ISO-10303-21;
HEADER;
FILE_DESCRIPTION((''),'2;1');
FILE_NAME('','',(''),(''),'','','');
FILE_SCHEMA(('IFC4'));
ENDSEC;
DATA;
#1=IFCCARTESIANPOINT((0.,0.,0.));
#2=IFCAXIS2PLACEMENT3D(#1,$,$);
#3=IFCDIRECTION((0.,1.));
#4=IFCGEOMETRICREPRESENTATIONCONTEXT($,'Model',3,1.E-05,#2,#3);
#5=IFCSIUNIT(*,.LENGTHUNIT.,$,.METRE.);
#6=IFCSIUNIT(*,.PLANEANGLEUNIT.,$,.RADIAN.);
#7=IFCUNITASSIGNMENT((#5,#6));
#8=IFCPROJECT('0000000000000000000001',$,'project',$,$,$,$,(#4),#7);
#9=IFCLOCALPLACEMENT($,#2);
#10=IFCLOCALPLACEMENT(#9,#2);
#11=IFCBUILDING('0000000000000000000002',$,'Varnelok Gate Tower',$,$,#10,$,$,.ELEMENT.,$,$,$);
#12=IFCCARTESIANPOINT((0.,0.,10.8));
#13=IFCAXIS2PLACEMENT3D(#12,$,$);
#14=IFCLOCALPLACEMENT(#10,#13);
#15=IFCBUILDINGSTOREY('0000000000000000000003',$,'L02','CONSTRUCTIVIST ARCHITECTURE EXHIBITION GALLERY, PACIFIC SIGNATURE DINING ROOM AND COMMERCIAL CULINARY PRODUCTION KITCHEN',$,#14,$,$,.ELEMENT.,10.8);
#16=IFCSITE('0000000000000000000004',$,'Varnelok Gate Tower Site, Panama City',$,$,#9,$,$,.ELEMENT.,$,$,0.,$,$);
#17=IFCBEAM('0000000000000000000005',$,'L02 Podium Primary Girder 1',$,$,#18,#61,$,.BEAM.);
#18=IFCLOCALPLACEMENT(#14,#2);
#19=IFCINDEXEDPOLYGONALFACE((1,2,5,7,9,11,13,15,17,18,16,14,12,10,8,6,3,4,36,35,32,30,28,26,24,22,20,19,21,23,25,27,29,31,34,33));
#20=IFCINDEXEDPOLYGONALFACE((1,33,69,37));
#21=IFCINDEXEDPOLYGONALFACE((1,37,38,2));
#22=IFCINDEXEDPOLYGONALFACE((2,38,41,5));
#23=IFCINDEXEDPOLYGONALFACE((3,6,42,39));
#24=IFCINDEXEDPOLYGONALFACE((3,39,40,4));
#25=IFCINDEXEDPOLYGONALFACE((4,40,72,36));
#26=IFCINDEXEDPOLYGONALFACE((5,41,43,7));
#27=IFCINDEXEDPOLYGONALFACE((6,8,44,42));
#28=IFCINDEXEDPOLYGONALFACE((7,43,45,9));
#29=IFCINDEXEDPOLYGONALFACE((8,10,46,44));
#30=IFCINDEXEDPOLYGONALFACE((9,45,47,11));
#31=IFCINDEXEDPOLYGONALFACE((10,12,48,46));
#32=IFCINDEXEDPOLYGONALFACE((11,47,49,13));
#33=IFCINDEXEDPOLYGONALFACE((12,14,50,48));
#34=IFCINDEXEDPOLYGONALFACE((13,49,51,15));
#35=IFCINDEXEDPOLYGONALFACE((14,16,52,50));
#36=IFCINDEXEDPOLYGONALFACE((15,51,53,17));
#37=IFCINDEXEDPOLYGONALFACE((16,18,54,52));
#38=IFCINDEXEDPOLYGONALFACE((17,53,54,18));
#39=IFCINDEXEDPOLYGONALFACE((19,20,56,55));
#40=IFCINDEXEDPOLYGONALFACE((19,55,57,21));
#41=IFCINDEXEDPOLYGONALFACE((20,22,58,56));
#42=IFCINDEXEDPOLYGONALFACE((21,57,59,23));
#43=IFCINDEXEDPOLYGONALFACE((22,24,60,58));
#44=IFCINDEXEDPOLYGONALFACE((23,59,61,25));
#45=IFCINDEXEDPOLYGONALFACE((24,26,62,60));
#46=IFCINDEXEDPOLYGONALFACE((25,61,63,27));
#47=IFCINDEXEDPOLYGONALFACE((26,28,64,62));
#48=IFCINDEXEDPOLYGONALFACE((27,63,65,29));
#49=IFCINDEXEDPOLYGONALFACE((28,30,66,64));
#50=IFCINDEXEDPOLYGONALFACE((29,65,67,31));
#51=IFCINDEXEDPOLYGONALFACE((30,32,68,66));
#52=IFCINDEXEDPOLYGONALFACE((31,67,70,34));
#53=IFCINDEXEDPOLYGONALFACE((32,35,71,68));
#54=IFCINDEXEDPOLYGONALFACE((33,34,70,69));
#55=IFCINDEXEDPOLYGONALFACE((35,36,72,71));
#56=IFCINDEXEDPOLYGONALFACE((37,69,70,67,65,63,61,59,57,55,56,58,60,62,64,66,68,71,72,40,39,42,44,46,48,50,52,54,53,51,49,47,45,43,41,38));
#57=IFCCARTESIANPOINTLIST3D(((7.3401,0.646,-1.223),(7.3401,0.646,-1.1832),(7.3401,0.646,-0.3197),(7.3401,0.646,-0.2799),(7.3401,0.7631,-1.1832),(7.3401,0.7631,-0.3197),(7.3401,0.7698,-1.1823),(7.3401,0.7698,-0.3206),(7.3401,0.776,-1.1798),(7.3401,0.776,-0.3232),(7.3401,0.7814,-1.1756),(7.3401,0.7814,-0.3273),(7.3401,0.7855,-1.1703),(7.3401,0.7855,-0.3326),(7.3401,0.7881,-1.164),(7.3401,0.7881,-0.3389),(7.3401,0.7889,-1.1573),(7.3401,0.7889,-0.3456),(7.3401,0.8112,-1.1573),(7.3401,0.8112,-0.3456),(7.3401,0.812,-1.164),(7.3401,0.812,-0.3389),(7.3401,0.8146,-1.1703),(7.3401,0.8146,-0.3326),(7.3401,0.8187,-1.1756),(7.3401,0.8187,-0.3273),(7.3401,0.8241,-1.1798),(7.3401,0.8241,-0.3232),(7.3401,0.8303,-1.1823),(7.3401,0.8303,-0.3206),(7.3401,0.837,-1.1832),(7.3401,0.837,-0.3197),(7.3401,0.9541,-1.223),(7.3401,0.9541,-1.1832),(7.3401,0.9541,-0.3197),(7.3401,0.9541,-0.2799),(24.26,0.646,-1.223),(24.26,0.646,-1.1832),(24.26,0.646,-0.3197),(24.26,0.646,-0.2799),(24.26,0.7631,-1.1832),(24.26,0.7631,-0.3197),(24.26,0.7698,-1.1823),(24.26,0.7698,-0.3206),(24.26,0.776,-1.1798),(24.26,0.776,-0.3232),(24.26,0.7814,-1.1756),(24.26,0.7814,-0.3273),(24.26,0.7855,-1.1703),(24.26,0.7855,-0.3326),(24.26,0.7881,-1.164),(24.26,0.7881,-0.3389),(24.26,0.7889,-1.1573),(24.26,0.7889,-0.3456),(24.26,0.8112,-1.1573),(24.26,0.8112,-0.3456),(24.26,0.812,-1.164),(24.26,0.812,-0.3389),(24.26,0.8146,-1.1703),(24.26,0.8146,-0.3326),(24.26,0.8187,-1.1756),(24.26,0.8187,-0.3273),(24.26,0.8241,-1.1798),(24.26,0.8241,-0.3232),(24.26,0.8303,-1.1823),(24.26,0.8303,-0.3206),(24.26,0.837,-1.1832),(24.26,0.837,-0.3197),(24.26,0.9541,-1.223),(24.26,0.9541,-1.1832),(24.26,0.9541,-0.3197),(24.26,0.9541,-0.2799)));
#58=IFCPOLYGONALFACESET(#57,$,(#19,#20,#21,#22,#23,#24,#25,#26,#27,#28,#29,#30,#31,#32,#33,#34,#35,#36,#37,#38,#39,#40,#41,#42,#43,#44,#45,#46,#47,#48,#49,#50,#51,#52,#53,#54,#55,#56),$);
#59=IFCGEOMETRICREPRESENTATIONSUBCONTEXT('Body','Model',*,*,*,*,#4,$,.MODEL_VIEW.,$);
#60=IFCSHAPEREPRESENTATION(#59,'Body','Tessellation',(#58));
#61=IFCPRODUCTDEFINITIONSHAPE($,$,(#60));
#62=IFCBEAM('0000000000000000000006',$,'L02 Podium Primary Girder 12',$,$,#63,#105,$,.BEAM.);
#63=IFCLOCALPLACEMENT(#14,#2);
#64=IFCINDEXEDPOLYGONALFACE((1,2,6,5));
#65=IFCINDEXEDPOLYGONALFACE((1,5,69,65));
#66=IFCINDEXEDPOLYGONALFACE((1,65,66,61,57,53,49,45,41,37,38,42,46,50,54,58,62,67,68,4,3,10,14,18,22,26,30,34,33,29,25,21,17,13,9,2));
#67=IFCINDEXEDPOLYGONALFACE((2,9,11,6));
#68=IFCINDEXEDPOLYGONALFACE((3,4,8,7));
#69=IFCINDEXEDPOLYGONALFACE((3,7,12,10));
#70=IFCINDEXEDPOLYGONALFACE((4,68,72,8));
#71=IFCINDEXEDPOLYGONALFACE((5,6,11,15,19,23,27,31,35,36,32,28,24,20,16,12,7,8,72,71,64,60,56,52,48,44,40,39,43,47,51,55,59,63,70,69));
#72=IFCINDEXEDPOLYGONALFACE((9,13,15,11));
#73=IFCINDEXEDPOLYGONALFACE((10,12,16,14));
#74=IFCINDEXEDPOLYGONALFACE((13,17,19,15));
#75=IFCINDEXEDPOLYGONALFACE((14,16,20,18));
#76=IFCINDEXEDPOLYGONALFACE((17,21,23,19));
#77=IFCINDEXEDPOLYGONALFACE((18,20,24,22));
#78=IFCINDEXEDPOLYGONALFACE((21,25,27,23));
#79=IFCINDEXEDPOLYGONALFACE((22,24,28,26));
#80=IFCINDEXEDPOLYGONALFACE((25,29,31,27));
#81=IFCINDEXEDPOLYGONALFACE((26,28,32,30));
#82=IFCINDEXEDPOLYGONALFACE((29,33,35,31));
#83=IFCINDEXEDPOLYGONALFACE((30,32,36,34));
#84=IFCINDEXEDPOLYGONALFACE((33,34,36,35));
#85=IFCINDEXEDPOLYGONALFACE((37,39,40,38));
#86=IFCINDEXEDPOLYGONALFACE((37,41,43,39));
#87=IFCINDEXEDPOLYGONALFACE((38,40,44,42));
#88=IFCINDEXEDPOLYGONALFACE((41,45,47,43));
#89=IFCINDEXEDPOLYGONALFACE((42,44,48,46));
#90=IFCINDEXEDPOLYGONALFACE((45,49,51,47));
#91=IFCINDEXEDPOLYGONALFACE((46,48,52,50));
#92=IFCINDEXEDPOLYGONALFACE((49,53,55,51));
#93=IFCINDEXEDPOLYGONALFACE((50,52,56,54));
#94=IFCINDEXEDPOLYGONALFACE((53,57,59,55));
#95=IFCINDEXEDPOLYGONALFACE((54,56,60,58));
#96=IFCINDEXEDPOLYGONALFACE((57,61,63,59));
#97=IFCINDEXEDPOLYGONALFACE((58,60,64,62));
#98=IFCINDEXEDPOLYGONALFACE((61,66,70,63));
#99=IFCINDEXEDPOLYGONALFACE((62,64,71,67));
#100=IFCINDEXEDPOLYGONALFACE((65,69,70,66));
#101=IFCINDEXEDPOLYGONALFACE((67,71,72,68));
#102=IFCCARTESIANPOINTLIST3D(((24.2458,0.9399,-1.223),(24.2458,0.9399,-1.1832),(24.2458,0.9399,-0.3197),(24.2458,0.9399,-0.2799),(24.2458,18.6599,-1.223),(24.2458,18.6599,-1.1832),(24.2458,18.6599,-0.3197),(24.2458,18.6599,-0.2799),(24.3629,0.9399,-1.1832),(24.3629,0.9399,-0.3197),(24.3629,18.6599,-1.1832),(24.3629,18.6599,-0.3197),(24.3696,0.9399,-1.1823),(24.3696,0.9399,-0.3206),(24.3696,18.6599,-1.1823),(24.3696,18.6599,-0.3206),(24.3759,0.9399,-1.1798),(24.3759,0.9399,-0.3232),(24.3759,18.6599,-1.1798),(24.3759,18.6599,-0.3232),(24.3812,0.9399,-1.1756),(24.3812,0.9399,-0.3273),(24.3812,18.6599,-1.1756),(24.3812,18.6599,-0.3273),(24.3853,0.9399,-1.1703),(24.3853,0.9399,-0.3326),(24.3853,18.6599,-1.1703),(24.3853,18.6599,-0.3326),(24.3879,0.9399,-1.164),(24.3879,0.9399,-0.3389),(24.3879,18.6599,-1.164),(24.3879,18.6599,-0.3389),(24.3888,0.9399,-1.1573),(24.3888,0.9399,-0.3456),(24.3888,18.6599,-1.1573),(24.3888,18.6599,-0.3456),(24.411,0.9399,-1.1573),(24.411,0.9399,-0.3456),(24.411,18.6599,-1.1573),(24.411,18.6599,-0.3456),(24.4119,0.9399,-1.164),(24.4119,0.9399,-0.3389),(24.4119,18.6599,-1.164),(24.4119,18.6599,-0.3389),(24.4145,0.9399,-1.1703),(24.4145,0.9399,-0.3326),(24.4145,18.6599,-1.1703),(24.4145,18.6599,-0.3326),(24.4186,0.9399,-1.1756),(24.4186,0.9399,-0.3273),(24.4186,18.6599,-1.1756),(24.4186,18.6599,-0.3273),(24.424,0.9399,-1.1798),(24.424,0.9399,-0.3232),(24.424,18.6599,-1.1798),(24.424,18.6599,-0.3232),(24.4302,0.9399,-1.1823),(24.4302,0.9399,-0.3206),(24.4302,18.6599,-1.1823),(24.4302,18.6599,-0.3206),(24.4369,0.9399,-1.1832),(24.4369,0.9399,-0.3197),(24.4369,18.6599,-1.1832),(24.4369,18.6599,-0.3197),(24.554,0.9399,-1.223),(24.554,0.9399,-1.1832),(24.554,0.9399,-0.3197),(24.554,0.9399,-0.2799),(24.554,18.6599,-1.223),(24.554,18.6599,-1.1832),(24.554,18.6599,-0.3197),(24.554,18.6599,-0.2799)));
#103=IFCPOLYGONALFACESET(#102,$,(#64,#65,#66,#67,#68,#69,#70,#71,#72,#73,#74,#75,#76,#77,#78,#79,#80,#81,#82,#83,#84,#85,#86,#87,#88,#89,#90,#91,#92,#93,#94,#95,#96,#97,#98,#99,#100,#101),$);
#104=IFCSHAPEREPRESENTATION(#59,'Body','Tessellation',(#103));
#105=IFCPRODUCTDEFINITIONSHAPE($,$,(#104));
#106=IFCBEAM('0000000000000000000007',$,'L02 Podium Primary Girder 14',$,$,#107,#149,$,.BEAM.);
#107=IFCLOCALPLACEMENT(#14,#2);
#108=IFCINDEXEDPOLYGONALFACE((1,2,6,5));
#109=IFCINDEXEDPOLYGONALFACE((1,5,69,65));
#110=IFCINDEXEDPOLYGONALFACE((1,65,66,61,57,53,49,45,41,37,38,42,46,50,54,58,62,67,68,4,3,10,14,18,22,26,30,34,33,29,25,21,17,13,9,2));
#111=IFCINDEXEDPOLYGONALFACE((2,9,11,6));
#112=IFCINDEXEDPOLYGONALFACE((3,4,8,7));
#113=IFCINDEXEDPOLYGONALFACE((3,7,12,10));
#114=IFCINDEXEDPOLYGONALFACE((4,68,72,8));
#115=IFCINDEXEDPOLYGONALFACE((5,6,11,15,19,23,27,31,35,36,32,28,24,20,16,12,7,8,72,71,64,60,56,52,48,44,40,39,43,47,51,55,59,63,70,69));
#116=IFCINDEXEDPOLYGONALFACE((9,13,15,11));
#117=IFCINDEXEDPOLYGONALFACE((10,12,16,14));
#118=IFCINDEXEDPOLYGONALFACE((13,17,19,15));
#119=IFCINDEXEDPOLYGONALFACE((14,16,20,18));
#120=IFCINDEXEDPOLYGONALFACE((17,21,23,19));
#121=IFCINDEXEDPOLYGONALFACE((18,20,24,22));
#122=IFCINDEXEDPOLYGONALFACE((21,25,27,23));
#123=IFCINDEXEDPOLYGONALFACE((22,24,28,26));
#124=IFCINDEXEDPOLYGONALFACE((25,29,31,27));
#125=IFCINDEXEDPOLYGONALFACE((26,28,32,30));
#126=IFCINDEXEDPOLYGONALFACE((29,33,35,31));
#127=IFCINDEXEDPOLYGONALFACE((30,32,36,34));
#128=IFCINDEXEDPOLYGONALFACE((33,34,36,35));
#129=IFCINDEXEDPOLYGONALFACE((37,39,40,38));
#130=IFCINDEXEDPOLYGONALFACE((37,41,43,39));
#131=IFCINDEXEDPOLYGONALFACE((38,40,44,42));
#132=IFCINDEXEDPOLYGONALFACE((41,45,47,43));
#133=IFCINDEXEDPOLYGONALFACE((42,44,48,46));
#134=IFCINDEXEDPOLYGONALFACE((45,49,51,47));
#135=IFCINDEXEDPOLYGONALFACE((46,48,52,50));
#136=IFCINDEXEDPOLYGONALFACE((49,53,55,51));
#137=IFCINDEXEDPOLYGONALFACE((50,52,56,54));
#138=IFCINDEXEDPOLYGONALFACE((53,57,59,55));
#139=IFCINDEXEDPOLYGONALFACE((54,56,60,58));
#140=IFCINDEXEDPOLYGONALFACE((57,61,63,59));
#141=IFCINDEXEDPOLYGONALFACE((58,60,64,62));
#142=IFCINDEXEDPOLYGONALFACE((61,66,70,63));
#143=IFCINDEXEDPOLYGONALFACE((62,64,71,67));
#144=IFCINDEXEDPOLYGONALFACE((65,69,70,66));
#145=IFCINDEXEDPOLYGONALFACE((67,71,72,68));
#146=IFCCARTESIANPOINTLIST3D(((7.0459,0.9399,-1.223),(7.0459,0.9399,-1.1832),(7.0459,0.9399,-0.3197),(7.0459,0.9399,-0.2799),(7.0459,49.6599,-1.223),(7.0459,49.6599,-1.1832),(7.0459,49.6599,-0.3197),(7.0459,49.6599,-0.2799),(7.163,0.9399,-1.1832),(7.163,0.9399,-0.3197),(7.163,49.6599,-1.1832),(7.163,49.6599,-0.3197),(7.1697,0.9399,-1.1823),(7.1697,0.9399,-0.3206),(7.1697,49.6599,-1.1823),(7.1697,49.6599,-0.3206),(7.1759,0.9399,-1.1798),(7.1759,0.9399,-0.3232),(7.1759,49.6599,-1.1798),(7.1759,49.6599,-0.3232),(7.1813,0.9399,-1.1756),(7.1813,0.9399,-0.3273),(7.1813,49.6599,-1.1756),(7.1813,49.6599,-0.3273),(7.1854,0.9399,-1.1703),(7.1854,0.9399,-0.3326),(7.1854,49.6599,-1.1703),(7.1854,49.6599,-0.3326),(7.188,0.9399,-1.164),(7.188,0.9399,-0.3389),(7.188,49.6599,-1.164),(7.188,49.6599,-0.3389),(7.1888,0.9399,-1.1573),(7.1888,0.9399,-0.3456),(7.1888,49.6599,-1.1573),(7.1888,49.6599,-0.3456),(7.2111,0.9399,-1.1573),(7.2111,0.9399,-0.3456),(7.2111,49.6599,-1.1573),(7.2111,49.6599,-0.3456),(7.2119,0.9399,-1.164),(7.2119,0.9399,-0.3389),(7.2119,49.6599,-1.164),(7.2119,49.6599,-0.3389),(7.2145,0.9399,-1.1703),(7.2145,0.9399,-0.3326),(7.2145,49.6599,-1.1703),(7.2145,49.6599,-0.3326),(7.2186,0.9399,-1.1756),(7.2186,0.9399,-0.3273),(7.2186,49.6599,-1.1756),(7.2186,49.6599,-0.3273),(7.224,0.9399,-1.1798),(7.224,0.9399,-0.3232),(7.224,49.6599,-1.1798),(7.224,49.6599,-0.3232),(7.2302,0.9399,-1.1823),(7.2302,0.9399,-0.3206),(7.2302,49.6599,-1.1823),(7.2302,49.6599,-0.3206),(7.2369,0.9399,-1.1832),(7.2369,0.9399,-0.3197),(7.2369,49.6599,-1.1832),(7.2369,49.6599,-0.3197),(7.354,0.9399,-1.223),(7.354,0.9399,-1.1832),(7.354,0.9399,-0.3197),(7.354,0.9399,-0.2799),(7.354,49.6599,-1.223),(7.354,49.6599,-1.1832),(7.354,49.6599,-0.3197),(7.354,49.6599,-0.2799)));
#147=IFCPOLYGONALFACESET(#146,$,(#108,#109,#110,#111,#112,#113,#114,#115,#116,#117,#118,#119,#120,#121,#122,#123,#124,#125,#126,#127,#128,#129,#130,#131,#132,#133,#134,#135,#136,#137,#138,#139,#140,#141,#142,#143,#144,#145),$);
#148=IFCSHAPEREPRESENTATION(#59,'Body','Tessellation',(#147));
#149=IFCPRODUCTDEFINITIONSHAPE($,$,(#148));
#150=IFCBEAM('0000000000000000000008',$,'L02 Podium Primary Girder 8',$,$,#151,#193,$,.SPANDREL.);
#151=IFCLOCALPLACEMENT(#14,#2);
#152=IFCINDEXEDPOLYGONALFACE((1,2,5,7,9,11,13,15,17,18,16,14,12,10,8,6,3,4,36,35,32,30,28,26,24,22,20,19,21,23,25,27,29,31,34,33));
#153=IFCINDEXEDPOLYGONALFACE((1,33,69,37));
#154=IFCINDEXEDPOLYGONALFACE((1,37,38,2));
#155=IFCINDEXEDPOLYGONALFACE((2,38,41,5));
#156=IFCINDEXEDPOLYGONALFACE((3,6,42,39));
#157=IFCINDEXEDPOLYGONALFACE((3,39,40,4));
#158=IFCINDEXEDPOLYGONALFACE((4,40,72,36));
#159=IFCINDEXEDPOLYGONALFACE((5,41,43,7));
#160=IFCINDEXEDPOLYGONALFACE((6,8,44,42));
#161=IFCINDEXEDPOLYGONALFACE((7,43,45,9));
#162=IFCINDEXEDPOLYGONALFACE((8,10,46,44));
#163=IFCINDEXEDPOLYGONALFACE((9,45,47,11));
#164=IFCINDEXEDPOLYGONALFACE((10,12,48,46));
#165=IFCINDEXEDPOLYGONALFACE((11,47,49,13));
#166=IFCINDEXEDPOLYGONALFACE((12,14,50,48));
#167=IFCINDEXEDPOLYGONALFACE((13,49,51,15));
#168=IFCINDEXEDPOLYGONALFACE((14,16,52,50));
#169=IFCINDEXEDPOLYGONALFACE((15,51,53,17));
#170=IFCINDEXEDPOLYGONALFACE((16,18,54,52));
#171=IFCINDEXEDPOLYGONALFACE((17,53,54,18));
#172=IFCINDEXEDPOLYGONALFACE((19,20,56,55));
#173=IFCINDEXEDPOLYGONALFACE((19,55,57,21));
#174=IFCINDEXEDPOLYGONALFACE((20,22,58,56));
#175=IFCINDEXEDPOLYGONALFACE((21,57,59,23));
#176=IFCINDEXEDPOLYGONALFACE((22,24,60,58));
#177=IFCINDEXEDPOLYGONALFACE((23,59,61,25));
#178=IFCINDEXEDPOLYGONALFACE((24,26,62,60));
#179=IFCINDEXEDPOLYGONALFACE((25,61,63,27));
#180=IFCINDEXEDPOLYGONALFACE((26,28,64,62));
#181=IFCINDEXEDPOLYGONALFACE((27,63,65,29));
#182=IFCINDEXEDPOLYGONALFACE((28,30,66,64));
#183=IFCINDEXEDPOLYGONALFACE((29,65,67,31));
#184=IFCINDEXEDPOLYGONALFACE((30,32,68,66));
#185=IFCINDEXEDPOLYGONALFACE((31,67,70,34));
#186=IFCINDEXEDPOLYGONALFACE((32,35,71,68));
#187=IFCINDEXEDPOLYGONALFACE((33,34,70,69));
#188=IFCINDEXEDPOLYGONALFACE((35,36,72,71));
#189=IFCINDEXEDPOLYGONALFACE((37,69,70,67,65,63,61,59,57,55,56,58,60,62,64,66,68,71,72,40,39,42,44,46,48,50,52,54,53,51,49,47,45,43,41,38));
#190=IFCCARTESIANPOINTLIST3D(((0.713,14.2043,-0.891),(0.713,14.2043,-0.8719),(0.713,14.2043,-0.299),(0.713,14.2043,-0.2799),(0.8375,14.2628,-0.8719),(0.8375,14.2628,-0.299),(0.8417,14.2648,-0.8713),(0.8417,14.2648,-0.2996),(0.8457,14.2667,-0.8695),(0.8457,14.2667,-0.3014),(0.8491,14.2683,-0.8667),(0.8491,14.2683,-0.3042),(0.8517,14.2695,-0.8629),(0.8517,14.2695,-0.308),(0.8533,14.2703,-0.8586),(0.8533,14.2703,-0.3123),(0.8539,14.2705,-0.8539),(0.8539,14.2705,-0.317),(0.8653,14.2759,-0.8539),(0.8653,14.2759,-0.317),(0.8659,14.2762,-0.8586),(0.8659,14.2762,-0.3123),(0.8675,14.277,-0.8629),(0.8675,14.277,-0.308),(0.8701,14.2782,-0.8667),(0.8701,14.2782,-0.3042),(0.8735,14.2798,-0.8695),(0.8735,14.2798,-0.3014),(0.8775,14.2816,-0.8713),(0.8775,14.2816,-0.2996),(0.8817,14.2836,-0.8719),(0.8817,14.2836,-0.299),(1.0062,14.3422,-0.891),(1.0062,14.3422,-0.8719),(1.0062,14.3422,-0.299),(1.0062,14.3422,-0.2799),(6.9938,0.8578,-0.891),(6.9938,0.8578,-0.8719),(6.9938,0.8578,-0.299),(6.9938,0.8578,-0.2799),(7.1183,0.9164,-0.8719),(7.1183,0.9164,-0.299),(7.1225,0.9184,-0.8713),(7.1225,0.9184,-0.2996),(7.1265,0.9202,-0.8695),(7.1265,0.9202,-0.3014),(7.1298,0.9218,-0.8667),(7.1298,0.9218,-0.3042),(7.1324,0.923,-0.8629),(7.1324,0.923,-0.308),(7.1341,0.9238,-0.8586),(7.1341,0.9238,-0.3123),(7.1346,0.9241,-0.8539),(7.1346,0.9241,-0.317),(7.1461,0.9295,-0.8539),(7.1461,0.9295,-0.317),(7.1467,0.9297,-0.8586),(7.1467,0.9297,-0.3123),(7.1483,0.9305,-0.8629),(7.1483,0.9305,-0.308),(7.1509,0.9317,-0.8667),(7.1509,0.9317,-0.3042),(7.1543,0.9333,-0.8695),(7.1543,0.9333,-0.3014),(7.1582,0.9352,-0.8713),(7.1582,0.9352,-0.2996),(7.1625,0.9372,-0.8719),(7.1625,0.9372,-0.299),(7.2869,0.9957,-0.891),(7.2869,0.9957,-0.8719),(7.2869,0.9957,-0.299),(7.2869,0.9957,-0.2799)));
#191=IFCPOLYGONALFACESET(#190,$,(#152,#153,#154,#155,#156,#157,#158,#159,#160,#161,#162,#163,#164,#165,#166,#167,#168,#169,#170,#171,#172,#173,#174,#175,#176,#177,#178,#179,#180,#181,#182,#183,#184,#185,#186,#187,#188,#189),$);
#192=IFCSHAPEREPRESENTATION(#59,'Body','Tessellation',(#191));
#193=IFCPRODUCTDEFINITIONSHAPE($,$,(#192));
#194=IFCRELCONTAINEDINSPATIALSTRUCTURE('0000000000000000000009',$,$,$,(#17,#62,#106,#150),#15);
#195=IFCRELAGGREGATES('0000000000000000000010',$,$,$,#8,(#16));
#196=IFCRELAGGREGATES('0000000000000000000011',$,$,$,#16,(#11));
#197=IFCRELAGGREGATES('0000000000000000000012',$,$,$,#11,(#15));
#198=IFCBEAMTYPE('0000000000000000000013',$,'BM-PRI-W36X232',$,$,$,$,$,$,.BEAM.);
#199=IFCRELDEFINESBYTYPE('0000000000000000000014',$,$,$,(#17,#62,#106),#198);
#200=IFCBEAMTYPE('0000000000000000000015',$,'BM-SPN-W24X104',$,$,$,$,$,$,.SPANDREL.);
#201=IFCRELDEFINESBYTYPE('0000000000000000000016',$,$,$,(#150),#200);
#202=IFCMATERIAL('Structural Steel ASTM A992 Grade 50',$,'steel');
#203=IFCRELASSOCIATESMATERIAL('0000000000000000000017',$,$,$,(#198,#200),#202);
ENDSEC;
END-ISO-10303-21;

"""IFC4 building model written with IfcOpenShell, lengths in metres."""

from ifc_helpers import new_model, si_unit, direction, frame, origin, origin_2d, place, context, subcontext, project, spatial, i_section, extrude, material, material_profile, profile_set, type_object, element, save


model = new_model("IFC4")

# Units and contexts
model_context = context("Model", 3, precision=1e-05, world=origin(), true_north=direction((0.0, 1.0)))
body_context = subcontext(model_context, "Body", "Model", "MODEL_VIEW")
ifc_project = project(units=[si_unit("LENGTHUNIT", "METRE"), si_unit("PLANEANGLEUNIT", "RADIAN")], contexts=[model_context])

# Site, building, storey
site_placement = place(None, origin())
site = spatial("IfcSite", under=ifc_project, at=site_placement, Name="Varnelok Gate Tower Site, Panama City", CompositionType="ELEMENT", RefElevation=0.0)
building_placement = place(site_placement, origin())
building = spatial("IfcBuilding", under=site, at=building_placement, Name="Varnelok Gate Tower", CompositionType="ELEMENT")
storey_placement = place(building_placement, frame((0.0, 0.0, 10.8)))
storey = spatial("IfcBuildingStorey", under=building, at=storey_placement, Name="L02", Description="CONSTRUCTIVIST ARCHITECTURE EXHIBITION GALLERY, PACIFIC SIGNATURE DINING ROOM AND COMMERCIAL CULINARY PRODUCTION KITCHEN", CompositionType="ELEMENT", Elevation=10.8)

# Beams
ifc_material_1 = material(Name="Structural Steel ASTM A992 Grade 50", Category="steel")
ifc_material_profile_1 = material_profile(ifc_material_1, i_section(OverallWidth=0.3081, OverallDepth=0.9431, WebThickness=0.0222, FlangeThickness=0.0398, FilletRadius=0.0259, at=origin_2d()), Name="W36X232")
ifc_profile_set_1 = profile_set([ifc_material_profile_1], Name="Structural Steel ASTM A992 Grade 50")
beam_type_1 = type_object("IfcBeamType", Name="BM-PRI-W36X232", PredefinedType="BEAM", material=ifc_profile_set_1)
beam_1_placement = place(storey_placement, frame((7.3401, 0.8, -0.7515), z_axis=(1.0, 0.0, 0.0), x_axis=(0.0, 1.0, 0.0)))
element("IfcBeam", 1, at=beam_1_placement, inside=storey, type_object=beam_type_1, Name="L02 Podium Primary Girder 1", PredefinedType="BEAM", context=body_context, shape_type="SweptSolid", body=[
    extrude(i_section(OverallWidth=0.3081, OverallDepth=0.9431, WebThickness=0.0222, FlangeThickness=0.0398, FilletRadius=0.0259, at=origin_2d()), origin(), (0.0, 0.0, 1.0), 16.9199),
])
beam_2_placement = place(storey_placement, frame((24.3999, 0.9399, -0.7515), z_axis=(0.0, 1.0, 0.0), x_axis=(-1.0, 0.0, 0.0)))
element("IfcBeam", 2, at=beam_2_placement, inside=storey, type_object=beam_type_1, Name="L02 Podium Primary Girder 12", PredefinedType="BEAM", context=body_context, shape_type="SweptSolid", body=[
    extrude(i_section(OverallWidth=0.3081, OverallDepth=0.9431, WebThickness=0.0222, FlangeThickness=0.0398, FilletRadius=0.0259, at=origin_2d()), origin(), (0.0, 0.0, 1.0), 17.72),
])
beam_3_placement = place(storey_placement, frame((7.2, 0.9399, -0.7515), z_axis=(0.0, 1.0, 0.0), x_axis=(-1.0, 0.0, 0.0)))
element("IfcBeam", 3, at=beam_3_placement, inside=storey, type_object=beam_type_1, Name="L02 Podium Primary Girder 14", PredefinedType="BEAM", context=body_context, shape_type="SweptSolid", body=[
    extrude(i_section(OverallWidth=0.3081, OverallDepth=0.9431, WebThickness=0.0222, FlangeThickness=0.0398, FilletRadius=0.0259, at=origin_2d()), origin(), (0.0, 0.0, 1.0), 48.72),
])
ifc_material_profile_2 = material_profile(ifc_material_1, i_section(OverallWidth=0.324, OverallDepth=0.6111, WebThickness=0.0127, FlangeThickness=0.019, FilletRadius=0.0181, at=origin_2d()), Name="W24X104")
ifc_profile_set_2 = profile_set([ifc_material_profile_2], Name="Structural Steel ASTM A992 Grade 50")
beam_type_2 = type_object("IfcBeamType", Name="BM-SPN-W24X104", PredefinedType="SPANDREL", material=ifc_profile_set_2)
beam_4_placement = place(storey_placement, frame((7.1404, 0.9268, -0.5854), z_axis=(-0.425802, 0.904816, 0.0), x_axis=(-0.904816, -0.425802, 0.0)))
element("IfcBeam", 4, at=beam_4_placement, inside=storey, type_object=beam_type_2, Name="L02 Podium Primary Girder 8", PredefinedType="SPANDREL", context=body_context, shape_type="SweptSolid", body=[
    extrude(i_section(OverallWidth=0.324, OverallDepth=0.6111, WebThickness=0.0127, FlangeThickness=0.019, FilletRadius=0.0181, at=origin_2d()), origin(), (0.0, 0.0, 1.0), 14.7505),
])

save(model, "model.ifc")
